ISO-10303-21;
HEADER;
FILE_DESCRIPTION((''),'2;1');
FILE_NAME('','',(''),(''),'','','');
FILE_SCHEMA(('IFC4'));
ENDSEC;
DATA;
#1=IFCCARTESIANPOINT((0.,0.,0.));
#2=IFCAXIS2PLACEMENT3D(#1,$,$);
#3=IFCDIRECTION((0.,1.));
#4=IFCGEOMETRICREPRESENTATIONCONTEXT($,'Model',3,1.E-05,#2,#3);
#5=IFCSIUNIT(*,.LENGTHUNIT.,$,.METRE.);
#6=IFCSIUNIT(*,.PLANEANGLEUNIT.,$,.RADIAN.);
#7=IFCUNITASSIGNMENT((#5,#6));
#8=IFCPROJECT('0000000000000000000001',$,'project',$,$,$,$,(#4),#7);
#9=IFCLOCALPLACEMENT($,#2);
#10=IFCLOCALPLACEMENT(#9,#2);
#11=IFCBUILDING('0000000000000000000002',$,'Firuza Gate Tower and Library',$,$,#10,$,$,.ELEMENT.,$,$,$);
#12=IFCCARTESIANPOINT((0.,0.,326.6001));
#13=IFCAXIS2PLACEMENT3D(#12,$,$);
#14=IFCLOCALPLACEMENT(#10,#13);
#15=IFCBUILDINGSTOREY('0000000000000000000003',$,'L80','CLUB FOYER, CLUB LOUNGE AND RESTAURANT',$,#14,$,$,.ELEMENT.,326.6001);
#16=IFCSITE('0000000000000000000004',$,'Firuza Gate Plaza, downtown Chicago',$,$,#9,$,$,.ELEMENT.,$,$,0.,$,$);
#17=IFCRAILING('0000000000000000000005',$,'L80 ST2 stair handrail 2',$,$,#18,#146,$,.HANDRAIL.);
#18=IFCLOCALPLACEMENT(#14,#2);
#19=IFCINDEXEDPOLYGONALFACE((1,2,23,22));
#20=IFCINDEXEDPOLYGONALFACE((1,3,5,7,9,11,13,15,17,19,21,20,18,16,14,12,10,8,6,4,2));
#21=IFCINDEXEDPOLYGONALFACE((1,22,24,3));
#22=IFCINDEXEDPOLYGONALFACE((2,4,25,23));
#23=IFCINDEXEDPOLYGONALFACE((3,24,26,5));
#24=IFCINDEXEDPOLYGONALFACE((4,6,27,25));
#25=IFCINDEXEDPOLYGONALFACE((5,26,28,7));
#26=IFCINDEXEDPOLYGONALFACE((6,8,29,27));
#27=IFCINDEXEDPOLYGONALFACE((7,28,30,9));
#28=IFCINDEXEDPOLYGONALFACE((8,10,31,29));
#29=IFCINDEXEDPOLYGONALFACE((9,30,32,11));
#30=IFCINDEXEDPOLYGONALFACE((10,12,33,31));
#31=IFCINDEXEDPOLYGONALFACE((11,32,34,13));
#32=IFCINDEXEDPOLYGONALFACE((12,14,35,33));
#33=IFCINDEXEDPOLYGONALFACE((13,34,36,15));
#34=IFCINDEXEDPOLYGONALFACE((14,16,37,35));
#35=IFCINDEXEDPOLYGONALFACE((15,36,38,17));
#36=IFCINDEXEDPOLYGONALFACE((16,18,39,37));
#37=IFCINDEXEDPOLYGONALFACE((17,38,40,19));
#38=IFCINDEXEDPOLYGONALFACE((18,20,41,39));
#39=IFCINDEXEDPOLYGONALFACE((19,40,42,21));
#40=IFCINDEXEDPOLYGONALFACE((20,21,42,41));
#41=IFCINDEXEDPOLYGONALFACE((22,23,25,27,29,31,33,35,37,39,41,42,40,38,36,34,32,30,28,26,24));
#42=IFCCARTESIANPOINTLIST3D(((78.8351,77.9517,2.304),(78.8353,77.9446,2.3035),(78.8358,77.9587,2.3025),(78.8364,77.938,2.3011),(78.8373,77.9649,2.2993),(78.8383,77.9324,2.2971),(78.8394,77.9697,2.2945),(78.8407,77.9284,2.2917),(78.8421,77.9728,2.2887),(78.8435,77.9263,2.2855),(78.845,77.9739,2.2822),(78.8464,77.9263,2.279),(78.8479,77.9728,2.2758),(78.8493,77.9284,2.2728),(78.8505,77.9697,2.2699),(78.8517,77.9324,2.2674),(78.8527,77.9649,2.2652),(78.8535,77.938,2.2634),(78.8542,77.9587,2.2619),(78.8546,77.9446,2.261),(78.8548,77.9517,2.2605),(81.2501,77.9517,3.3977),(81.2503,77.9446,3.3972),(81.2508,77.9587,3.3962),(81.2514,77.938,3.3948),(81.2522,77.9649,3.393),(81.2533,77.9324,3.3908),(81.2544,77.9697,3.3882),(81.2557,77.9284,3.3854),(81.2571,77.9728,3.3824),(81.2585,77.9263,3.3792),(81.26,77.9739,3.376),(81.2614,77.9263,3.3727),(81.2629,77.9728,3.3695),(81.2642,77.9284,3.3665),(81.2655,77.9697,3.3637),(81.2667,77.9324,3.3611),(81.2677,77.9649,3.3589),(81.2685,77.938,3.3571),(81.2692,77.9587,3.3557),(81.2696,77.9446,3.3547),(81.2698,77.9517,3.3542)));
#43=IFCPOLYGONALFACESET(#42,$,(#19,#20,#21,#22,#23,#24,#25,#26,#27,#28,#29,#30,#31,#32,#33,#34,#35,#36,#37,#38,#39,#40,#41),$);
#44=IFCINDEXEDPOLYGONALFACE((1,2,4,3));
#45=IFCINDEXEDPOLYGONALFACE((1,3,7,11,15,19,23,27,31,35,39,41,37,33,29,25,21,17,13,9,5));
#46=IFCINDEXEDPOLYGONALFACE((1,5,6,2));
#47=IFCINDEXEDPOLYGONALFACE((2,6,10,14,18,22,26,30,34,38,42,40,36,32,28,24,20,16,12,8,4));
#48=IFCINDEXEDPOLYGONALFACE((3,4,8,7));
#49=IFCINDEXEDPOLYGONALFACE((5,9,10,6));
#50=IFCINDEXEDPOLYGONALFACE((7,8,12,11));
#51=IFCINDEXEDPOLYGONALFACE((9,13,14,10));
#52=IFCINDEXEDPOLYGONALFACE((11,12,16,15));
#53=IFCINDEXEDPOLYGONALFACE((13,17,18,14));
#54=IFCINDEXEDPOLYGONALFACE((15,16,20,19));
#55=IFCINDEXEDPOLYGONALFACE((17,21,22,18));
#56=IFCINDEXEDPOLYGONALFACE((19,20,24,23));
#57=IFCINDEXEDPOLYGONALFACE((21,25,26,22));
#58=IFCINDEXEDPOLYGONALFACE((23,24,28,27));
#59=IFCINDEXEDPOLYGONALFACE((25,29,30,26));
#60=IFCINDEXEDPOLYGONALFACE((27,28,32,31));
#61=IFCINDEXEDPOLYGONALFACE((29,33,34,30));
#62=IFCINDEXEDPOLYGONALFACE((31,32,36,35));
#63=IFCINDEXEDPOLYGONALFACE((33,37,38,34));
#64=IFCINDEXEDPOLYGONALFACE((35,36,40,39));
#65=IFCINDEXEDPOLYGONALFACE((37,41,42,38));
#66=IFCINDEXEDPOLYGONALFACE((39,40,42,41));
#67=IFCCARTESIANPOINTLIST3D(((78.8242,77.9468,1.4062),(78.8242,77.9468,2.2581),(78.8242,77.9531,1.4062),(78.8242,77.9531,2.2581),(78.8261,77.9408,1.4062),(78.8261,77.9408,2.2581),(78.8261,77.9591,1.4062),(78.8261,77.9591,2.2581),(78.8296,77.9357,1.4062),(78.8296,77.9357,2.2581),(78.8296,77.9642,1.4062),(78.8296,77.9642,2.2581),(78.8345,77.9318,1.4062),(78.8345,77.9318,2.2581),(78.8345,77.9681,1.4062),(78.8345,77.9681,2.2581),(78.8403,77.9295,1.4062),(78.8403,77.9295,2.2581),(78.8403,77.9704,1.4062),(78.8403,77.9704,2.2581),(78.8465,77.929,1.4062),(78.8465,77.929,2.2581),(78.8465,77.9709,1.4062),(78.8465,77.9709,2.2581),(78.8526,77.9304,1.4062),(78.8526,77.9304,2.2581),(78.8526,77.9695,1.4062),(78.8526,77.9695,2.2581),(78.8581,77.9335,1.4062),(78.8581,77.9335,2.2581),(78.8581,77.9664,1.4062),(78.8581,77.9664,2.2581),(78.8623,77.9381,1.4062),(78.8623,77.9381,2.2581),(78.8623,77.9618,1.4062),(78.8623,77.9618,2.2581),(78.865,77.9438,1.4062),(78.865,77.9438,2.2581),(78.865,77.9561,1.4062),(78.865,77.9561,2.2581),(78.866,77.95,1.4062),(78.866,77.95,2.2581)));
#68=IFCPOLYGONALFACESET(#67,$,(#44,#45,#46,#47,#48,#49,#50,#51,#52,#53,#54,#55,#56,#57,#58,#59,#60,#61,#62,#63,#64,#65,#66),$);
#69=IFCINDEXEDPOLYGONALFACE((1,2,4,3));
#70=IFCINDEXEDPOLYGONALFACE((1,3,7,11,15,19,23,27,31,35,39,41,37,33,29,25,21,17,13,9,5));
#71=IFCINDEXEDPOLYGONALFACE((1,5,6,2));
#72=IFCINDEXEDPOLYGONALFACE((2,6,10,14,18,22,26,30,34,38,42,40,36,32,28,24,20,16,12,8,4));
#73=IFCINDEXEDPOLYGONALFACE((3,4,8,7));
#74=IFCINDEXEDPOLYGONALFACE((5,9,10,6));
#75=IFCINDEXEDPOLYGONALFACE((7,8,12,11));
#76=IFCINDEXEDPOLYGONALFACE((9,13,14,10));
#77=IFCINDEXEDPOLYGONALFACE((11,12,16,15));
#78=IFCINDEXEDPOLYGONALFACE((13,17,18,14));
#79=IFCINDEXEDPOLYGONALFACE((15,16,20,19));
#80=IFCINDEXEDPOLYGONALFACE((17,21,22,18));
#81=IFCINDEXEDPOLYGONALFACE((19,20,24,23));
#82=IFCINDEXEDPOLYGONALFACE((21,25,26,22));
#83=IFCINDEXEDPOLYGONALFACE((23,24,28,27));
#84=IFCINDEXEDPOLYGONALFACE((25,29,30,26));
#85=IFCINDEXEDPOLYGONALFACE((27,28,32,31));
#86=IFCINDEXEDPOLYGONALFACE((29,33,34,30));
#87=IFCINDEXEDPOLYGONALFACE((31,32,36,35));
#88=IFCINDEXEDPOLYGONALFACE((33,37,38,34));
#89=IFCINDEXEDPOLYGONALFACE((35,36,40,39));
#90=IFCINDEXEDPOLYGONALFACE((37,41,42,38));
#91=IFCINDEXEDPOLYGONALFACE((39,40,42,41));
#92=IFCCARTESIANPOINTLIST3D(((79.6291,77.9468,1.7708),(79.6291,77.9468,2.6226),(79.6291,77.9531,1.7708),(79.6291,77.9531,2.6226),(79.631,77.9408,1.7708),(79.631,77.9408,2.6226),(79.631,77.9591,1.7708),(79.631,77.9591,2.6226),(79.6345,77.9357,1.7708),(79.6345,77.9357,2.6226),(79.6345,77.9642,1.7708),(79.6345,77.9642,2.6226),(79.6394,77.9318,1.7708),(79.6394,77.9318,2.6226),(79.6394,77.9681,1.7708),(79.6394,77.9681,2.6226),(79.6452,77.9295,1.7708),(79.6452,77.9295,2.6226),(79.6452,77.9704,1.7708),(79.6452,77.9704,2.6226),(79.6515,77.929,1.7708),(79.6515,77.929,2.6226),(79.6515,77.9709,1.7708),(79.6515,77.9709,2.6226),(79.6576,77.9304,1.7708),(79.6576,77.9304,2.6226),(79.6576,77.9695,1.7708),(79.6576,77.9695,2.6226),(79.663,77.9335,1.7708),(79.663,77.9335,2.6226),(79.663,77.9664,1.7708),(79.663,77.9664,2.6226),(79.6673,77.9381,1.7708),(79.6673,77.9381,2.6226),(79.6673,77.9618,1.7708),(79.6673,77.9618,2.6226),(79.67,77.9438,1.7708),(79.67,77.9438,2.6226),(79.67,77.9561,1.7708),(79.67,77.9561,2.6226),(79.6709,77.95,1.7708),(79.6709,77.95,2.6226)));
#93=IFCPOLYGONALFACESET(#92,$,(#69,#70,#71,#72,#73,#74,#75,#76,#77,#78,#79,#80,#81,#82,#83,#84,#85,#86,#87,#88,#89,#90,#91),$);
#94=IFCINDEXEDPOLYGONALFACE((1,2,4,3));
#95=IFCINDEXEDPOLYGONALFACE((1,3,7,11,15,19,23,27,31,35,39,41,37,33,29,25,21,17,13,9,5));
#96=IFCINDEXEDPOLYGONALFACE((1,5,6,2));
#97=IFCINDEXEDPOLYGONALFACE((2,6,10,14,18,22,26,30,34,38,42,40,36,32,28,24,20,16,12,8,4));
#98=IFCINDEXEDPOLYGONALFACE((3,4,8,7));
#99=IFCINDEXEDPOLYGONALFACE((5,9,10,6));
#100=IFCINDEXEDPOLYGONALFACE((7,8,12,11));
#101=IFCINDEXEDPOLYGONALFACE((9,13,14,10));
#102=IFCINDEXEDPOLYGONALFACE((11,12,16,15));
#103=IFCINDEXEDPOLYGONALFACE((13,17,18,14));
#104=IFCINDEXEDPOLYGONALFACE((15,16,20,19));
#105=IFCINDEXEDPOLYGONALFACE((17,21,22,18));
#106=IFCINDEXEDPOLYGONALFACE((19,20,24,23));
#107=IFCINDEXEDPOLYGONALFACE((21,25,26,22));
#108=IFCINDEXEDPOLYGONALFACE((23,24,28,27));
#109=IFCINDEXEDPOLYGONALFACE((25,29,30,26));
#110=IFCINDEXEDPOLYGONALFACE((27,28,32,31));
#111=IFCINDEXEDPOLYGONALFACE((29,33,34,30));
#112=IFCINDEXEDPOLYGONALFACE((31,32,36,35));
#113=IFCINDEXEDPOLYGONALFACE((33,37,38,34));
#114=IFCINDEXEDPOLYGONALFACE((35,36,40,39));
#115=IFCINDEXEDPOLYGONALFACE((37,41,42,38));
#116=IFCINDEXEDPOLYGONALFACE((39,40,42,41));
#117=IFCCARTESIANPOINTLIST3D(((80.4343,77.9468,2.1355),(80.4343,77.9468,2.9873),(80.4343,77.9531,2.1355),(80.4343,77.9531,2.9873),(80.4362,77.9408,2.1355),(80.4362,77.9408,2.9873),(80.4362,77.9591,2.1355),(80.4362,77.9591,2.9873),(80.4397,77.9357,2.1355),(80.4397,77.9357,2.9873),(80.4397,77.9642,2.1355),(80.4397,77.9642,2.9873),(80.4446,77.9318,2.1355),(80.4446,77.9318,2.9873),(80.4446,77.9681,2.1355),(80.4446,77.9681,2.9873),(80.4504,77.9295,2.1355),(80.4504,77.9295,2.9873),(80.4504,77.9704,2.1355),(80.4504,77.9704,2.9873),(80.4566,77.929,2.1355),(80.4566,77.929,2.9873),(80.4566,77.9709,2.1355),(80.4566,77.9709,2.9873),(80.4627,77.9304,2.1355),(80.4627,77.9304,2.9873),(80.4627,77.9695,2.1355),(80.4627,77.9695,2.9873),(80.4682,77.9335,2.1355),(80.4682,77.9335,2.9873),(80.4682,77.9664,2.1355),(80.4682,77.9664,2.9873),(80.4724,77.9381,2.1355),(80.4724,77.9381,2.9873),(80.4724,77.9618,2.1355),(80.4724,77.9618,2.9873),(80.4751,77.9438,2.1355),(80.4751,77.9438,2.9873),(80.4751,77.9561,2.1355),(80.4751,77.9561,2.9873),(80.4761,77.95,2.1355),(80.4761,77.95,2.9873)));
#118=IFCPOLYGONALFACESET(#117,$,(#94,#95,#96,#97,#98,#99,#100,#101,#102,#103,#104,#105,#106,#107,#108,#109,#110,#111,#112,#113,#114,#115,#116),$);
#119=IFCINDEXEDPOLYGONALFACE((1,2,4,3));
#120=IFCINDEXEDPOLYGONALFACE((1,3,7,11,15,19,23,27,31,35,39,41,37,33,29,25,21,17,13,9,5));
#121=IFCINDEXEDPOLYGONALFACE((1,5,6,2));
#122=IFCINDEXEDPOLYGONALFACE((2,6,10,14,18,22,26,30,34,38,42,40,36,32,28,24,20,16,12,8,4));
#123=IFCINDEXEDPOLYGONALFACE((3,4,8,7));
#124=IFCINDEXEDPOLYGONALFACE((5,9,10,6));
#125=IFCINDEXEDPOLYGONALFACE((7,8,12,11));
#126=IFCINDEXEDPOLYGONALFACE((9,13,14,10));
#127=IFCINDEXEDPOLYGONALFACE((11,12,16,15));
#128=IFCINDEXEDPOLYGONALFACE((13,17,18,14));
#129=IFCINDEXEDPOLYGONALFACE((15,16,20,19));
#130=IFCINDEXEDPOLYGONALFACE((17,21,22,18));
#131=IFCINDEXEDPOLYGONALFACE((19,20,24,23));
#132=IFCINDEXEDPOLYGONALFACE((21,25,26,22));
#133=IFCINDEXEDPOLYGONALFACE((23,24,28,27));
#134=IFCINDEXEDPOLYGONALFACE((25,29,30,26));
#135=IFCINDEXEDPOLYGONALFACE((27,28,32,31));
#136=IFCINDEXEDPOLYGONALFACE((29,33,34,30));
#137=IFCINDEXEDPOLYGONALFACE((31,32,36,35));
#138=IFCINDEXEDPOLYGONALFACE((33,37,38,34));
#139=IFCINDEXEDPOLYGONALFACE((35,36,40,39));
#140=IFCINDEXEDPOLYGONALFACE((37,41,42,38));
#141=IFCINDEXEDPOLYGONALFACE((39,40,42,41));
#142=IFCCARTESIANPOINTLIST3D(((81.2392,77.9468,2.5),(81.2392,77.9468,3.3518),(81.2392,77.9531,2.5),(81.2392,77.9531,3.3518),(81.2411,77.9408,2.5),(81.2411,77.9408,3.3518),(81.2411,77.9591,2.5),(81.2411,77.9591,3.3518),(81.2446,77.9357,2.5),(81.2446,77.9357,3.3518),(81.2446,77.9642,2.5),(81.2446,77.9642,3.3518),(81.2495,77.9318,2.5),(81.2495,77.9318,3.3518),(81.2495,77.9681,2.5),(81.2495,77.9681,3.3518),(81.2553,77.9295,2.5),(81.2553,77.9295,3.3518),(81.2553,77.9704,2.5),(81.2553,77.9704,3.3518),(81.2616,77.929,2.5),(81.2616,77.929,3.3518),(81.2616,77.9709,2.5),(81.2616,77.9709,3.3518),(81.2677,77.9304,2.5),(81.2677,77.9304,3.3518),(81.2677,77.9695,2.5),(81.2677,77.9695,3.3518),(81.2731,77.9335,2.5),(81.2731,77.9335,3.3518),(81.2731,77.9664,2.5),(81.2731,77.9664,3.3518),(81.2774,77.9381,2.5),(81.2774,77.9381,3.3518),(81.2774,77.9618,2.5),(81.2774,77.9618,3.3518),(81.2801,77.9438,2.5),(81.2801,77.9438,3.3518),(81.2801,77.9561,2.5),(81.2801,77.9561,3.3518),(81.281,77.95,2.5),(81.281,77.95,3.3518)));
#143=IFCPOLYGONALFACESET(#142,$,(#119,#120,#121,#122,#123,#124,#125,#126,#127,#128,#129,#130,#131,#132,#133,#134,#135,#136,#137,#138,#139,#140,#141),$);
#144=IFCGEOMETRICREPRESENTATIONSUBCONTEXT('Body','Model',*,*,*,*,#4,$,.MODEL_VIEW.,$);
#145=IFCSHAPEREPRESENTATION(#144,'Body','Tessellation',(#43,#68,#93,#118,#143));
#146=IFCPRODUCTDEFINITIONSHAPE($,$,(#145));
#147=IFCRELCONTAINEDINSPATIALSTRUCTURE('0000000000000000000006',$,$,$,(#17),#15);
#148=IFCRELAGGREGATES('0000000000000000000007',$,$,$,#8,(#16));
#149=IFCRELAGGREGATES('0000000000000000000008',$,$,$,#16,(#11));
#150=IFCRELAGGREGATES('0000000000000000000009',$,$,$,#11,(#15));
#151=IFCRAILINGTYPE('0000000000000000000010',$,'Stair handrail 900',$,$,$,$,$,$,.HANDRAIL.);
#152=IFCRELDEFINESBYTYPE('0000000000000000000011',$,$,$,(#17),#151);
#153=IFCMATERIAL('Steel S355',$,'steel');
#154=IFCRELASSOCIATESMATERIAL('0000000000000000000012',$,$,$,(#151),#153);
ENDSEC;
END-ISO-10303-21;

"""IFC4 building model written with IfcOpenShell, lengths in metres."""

from ifc_helpers import new_model, si_unit, direction, frame, origin, origin_2d, place, context, subcontext, project, spatial, circle, extrude, material, type_object, element, save


model = new_model("IFC4")

# Units and contexts
model_context = context("Model", 3, precision=1e-05, world=origin(), true_north=direction((0.0, 1.0)))
body_context = subcontext(model_context, "Body", "Model", "MODEL_VIEW")
ifc_project = project(units=[si_unit("LENGTHUNIT", "METRE"), si_unit("PLANEANGLEUNIT", "RADIAN")], contexts=[model_context])

# Site, building, storey
site_placement = place(None, origin())
site = spatial("IfcSite", under=ifc_project, at=site_placement, Name="Firuza Gate Plaza, downtown Chicago", CompositionType="ELEMENT", RefElevation=0.0)
building_placement = place(site_placement, origin())
building = spatial("IfcBuilding", under=site, at=building_placement, Name="Firuza Gate Tower and Library", CompositionType="ELEMENT")
storey_placement = place(building_placement, frame((0.0, 0.0, 326.6001)))
storey = spatial("IfcBuildingStorey", under=building, at=storey_placement, Name="L80", Description="CLUB FOYER, CLUB LOUNGE AND RESTAURANT", CompositionType="ELEMENT", Elevation=326.6001)

# Railing
ifc_material_1 = material(Name="Steel S355", Category="steel")
railing_type_1 = type_object("IfcRailingType", Name="Stair handrail 900", PredefinedType="HANDRAIL", material=ifc_material_1)
railing_1_placement = place(storey_placement, frame((78.845, 77.95, 1.4062)))
element("IfcRailing", 1, at=railing_1_placement, inside=storey, type_object=railing_type_1, Name="L80 ST2 stair handrail 2", PredefinedType="HANDRAIL", context=body_context, shape_type="SweptSolid", body=[
    extrude(circle(Radius=0.0239, at=origin_2d()), frame((0.0, 0.0, 0.876), z_axis=(0.910933, 0.0, 0.412554), x_axis=(0.0, 1.0, 0.0)), (0.0, 0.0, 1.0), 2.6511),
    extrude(circle(Radius=0.021, at=origin_2d()), origin(), (0.0, 0.0, 1.0), 0.8518),
    extrude(circle(Radius=0.021, at=origin_2d()), frame((0.8049, 0.0, 0.3645)), (0.0, 0.0, 1.0), 0.8518),
    extrude(circle(Radius=0.021, at=origin_2d()), frame((1.6101, 0.0, 0.7292)), (0.0, 0.0, 1.0), 0.8518),
    extrude(circle(Radius=0.021, at=origin_2d()), frame((2.415, 0.0, 1.0938)), (0.0, 0.0, 1.0), 0.8518),
])

save(model, "model.ifc")
